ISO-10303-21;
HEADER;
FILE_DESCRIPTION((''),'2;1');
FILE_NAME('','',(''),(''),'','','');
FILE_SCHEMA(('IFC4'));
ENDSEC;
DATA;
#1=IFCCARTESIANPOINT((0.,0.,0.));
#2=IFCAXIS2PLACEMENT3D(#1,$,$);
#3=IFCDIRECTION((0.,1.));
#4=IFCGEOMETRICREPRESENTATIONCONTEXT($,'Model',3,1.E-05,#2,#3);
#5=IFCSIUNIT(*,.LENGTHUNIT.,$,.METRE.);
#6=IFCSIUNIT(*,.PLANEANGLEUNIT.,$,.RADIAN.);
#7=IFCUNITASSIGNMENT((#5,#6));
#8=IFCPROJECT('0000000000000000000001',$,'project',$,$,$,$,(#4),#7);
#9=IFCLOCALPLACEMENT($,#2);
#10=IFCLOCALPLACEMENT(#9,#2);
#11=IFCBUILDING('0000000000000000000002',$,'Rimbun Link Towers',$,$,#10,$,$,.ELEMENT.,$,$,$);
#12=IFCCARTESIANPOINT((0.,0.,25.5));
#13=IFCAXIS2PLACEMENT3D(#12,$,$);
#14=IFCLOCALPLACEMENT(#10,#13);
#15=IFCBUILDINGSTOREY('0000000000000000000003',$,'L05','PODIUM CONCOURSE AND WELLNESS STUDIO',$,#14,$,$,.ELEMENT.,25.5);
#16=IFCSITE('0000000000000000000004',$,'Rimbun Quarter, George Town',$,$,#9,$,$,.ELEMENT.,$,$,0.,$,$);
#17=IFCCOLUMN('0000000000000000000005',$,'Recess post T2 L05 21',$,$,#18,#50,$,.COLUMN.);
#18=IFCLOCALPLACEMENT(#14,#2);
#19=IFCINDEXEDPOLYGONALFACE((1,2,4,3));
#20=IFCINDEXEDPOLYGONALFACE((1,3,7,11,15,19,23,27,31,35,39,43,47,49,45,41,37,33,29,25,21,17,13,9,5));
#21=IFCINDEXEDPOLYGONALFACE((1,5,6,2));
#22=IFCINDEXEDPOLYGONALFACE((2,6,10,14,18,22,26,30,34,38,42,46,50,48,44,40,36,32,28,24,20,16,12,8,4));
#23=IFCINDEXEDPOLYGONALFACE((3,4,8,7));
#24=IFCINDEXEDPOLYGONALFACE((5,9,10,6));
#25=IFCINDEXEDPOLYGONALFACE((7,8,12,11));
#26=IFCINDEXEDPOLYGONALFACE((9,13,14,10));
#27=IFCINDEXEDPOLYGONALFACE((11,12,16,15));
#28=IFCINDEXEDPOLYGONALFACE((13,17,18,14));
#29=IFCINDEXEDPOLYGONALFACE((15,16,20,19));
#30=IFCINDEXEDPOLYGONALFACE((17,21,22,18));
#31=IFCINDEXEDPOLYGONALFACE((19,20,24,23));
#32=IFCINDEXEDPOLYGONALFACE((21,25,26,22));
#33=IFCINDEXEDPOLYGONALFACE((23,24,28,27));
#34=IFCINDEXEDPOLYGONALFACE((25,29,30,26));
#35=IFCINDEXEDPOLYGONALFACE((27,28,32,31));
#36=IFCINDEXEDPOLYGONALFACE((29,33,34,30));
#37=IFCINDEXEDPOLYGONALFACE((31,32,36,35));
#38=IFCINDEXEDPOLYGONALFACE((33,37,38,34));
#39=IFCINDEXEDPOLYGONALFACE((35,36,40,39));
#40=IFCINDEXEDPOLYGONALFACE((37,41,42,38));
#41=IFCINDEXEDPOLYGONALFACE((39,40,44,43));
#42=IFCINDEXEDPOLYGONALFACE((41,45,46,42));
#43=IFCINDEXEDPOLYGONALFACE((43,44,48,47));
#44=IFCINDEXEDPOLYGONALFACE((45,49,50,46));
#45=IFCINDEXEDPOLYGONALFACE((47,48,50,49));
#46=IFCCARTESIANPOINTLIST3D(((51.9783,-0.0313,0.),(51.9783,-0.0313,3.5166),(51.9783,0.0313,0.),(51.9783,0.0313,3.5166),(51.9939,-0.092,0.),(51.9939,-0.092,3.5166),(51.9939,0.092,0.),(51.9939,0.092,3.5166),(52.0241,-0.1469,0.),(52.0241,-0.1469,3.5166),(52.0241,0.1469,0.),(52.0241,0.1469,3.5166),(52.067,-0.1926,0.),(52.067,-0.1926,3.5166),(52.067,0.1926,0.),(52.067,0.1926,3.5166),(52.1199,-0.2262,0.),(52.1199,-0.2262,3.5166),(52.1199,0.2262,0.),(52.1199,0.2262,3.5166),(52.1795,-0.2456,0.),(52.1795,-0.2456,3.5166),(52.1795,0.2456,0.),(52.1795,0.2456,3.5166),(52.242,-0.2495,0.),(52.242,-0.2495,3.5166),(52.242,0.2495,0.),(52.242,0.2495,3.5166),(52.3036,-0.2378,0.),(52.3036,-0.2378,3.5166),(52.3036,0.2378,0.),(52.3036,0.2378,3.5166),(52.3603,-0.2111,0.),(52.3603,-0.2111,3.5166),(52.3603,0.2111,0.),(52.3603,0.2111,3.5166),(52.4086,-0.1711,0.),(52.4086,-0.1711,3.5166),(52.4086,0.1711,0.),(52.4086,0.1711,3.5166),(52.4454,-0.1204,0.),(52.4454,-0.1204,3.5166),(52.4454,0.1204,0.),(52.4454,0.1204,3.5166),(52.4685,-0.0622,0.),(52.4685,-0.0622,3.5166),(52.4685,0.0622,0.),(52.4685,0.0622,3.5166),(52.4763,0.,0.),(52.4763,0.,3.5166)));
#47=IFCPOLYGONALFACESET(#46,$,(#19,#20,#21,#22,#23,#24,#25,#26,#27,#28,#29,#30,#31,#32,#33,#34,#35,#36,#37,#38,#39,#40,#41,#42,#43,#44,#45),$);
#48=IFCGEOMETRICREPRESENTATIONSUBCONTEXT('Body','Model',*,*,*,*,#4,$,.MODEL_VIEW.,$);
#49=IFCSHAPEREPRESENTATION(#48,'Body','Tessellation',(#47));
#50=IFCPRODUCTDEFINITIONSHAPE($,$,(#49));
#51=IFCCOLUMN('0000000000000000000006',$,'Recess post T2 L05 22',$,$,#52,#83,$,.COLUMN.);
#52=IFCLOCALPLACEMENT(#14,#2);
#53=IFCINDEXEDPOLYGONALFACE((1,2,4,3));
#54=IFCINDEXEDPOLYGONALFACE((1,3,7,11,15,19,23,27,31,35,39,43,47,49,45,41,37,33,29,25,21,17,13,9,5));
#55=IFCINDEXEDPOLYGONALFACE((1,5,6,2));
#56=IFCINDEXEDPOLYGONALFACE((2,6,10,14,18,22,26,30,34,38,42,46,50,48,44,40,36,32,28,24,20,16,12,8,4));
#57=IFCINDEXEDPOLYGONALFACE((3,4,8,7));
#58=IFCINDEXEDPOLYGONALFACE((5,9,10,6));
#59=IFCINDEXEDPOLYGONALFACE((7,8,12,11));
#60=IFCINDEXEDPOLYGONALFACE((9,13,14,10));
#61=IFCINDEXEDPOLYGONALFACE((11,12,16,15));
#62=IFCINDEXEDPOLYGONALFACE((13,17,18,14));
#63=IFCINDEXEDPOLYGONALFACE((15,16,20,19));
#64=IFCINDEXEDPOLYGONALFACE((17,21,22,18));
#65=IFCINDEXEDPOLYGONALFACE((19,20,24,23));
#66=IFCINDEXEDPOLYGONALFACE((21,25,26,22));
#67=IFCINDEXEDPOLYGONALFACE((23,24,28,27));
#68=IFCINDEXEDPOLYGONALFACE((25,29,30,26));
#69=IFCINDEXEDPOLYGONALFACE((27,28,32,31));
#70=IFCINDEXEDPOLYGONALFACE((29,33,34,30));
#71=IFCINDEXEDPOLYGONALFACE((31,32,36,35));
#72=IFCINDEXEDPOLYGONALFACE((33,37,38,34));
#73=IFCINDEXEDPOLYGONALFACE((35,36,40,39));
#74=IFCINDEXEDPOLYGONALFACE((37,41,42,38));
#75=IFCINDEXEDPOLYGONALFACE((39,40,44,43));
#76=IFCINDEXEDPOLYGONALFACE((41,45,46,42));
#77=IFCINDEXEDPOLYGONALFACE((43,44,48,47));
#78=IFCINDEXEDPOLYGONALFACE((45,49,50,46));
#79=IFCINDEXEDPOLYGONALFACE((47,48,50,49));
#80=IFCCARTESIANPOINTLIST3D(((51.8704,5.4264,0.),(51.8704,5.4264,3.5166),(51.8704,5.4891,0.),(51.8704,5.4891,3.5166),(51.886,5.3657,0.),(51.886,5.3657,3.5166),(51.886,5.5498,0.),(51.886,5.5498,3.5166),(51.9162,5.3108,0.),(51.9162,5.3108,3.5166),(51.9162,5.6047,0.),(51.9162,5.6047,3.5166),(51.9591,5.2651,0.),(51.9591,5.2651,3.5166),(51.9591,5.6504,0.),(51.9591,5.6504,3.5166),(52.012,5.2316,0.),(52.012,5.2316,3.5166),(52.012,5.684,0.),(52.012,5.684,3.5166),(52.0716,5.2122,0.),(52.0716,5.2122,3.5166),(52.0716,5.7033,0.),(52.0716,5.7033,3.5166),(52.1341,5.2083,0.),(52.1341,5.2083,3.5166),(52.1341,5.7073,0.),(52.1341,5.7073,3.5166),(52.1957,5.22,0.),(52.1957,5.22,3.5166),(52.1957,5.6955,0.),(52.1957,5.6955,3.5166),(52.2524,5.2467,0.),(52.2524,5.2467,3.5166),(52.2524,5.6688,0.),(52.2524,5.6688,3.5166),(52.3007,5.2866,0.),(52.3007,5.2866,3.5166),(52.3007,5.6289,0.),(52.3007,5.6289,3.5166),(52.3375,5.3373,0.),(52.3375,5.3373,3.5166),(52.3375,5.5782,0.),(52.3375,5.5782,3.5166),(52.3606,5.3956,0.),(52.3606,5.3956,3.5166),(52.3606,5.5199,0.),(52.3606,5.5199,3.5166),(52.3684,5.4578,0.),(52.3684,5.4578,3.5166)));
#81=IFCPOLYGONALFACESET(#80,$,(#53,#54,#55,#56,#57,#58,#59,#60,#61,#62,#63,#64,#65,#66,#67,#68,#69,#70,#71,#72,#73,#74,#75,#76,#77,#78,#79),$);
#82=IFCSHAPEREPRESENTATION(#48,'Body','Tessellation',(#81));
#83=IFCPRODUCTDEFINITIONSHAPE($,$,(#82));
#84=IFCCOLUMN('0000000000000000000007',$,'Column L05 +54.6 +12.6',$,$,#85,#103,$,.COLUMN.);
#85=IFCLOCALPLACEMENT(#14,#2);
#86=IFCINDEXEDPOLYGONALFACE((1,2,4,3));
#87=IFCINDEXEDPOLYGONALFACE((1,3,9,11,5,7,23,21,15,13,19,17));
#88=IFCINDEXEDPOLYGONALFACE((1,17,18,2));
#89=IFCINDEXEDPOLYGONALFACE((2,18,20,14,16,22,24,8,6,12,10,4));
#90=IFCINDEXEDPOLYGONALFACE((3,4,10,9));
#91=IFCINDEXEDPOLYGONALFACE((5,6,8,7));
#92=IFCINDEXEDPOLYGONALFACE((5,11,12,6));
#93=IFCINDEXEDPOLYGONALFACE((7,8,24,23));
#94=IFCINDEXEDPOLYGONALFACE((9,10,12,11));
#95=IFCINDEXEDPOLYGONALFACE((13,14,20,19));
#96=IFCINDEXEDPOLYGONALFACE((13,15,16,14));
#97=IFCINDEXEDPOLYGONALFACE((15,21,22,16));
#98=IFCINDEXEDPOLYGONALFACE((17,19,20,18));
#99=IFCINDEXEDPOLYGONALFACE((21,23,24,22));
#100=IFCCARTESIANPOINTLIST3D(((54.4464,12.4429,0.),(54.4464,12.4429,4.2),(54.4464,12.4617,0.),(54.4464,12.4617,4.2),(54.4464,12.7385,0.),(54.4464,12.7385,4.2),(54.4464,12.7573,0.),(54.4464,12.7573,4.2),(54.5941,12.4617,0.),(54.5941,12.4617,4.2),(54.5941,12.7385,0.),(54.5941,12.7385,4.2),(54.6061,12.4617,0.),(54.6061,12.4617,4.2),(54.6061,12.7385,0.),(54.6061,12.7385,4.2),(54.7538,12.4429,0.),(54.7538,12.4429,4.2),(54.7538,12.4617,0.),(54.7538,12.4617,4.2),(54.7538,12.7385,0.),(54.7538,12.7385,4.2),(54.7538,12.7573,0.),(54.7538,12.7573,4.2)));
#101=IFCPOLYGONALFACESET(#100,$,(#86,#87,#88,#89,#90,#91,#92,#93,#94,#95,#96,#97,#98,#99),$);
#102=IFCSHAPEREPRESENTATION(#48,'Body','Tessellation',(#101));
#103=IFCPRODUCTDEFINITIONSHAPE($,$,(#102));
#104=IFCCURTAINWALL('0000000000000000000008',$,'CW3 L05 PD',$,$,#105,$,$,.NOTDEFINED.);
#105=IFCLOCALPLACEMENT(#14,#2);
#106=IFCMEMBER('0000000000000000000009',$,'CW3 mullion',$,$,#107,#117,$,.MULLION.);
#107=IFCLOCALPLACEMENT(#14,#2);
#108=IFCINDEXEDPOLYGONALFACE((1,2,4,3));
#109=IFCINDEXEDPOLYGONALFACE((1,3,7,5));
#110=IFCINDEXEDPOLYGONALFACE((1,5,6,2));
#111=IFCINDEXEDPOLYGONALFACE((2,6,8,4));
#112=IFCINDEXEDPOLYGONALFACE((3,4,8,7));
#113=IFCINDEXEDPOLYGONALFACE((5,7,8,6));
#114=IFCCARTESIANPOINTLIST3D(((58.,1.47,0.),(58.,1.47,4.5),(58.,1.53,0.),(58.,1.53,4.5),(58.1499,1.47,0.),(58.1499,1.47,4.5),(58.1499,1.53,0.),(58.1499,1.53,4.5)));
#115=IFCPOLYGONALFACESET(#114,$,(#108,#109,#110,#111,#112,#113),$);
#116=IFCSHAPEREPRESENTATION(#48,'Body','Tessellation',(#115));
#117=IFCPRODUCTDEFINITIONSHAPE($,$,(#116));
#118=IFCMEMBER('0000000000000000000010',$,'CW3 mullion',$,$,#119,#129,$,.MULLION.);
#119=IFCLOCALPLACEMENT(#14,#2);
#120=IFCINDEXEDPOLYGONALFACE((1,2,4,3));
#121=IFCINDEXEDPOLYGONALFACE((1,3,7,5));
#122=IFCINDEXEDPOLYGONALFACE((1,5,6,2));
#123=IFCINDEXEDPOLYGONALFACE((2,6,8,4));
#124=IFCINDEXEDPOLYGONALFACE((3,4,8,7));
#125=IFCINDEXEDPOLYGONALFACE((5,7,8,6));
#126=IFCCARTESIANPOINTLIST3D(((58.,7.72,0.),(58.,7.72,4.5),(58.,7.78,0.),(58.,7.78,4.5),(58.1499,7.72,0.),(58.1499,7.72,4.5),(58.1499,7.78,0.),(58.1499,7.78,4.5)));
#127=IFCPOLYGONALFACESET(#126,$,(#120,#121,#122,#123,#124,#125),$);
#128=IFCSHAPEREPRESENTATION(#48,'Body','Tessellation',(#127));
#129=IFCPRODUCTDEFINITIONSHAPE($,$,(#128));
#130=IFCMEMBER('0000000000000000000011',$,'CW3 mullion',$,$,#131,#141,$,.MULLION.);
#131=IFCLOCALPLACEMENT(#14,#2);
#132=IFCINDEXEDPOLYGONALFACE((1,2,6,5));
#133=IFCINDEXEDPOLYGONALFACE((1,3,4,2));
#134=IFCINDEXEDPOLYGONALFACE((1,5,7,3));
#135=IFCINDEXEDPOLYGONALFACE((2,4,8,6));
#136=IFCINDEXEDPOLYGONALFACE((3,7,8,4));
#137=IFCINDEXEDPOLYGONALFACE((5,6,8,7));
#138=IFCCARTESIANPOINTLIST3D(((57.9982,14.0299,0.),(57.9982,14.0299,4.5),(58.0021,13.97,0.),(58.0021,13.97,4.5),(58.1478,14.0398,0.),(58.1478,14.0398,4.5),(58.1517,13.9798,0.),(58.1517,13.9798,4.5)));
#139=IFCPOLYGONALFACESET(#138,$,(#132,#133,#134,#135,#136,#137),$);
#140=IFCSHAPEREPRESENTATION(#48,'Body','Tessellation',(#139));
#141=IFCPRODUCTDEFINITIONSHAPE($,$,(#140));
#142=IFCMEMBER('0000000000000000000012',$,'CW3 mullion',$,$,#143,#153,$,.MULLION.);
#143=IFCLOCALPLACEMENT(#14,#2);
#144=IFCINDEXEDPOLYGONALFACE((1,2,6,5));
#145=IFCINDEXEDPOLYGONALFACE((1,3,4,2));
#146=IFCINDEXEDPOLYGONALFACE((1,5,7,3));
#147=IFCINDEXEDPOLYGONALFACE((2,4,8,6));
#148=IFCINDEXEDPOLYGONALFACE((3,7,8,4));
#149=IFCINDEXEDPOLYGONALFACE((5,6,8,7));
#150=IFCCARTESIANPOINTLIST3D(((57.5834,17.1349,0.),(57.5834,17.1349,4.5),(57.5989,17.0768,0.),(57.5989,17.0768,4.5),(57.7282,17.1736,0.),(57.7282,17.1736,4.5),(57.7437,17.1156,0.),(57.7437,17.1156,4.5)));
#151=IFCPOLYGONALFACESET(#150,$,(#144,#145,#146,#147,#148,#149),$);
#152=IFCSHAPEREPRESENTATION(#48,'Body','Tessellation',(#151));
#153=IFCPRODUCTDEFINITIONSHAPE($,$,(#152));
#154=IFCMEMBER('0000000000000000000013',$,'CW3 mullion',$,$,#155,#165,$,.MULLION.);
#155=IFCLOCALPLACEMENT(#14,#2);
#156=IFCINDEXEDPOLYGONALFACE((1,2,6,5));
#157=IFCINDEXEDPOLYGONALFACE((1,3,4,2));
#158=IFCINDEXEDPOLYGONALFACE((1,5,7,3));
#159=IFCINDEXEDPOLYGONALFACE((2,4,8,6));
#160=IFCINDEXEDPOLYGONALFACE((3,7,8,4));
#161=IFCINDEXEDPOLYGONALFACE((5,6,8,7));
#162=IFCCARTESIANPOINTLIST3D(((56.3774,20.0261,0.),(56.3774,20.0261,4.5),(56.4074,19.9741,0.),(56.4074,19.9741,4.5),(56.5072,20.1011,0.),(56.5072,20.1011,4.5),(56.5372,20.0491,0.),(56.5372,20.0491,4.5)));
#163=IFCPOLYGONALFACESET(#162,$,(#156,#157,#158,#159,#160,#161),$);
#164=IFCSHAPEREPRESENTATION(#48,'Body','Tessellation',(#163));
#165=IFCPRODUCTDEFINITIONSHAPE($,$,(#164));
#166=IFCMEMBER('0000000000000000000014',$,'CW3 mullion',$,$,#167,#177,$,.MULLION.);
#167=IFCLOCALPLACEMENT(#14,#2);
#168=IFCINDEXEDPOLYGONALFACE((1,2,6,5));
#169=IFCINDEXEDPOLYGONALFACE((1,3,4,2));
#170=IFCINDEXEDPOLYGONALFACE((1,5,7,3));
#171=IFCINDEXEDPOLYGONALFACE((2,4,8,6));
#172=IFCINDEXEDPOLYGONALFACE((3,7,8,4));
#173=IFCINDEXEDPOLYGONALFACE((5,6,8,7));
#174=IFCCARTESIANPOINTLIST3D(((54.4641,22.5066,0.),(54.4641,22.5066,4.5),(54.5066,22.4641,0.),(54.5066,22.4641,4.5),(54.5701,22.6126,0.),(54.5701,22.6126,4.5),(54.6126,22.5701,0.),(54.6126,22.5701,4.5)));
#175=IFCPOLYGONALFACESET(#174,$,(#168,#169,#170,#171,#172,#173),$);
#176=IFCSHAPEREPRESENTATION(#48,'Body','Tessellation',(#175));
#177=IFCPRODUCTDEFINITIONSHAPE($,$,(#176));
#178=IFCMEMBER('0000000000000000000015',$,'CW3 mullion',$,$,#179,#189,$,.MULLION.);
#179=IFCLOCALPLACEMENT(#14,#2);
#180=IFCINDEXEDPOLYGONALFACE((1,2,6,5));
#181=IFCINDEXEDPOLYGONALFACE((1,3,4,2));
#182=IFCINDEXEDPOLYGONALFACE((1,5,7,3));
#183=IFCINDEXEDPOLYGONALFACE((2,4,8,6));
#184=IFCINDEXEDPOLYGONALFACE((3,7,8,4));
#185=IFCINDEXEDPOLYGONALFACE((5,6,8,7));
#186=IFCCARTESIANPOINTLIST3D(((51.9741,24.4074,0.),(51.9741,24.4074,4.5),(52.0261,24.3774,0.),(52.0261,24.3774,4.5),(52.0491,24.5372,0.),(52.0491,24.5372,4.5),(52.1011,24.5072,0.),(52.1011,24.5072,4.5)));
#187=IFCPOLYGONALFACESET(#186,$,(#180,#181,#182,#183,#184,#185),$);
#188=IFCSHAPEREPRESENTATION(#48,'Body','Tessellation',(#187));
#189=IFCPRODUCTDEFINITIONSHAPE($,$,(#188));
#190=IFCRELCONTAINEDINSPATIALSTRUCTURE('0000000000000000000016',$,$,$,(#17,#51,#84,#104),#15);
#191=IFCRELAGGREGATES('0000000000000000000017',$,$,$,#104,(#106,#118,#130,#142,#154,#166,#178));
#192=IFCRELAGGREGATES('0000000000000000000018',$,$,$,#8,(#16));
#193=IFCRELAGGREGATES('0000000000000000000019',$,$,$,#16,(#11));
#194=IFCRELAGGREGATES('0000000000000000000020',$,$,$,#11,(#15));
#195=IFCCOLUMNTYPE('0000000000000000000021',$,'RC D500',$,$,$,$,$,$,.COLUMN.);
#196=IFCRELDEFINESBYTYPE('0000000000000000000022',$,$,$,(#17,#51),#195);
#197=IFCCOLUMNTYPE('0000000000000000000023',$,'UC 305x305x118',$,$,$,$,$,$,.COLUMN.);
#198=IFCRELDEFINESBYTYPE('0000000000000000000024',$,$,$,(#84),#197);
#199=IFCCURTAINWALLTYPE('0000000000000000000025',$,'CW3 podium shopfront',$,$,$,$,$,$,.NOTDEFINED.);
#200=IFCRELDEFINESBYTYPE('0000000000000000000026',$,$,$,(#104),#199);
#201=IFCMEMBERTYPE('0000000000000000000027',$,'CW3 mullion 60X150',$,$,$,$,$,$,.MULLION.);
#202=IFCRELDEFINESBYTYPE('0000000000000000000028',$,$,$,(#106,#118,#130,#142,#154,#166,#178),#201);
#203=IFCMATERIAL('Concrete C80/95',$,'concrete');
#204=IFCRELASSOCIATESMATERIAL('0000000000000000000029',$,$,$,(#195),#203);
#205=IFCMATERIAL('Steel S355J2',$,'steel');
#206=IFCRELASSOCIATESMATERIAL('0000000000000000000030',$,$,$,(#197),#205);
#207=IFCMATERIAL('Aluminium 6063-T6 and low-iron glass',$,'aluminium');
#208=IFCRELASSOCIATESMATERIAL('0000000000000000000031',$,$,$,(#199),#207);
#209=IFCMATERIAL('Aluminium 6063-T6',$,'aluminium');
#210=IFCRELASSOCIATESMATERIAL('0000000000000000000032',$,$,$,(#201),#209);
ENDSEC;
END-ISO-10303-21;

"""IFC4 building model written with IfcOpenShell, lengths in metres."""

from ifc_helpers import new_model, si_unit, direction, frame, origin, origin_2d, place, context, subcontext, project, spatial, rectangle, circle, i_section, extrude, material, material_profile, profile_set, type_object, element, aggregate, save


model = new_model("IFC4")

# Units and contexts
model_context = context("Model", 3, precision=1e-05, world=origin(), true_north=direction((0.0, 1.0)))
body_context = subcontext(model_context, "Body", "Model", "MODEL_VIEW")
ifc_project = project(units=[si_unit("LENGTHUNIT", "METRE"), si_unit("PLANEANGLEUNIT", "RADIAN")], contexts=[model_context])

# Site, building, storey
site_placement = place(None, origin())
site = spatial("IfcSite", under=ifc_project, at=site_placement, Name="Rimbun Quarter, George Town", CompositionType="ELEMENT", RefElevation=0.0)
building_placement = place(site_placement, origin())
building = spatial("IfcBuilding", under=site, at=building_placement, Name="Rimbun Link Towers", CompositionType="ELEMENT")
storey_placement = place(building_placement, frame((0.0, 0.0, 25.5)))
storey = spatial("IfcBuildingStorey", under=building, at=storey_placement, Name="L05", Description="PODIUM CONCOURSE AND WELLNESS STUDIO", CompositionType="ELEMENT", Elevation=25.5)

# Columns
ifc_material_1 = material(Name="Concrete C80/95", Category="concrete")
ifc_material_profile_1 = material_profile(ifc_material_1, circle(Radius=0.25, at=origin_2d()), Name="RC D500")
ifc_profile_set_1 = profile_set([ifc_material_profile_1], Name="Concrete C80/95")
column_type_1 = type_object("IfcColumnType", Name="RC D500", PredefinedType="COLUMN", material=ifc_profile_set_1)
for number, where, z_axis, x_axis, name in (
    (1, (52.2263, 0.0, 0.0), (0.0, 0.0, 1.0), (1.0, 0.0, 0.0), "Recess post T2 L05 21"),
    (2, (52.1184, 5.4578, 0.0), (0.0, 0.0, 1.0), (1.0, 0.0, 0.0), "Recess post T2 L05 22"),
):
    element("IfcColumn", number, at=place(storey_placement, frame(where, z_axis=z_axis, x_axis=x_axis)), inside=storey, type_object=column_type_1, Name=name, PredefinedType="COLUMN", context=body_context, shape_type="SweptSolid", body=[
        extrude(circle(Radius=0.25, at=origin_2d()), origin(), (0.0, 0.0, 1.0), 3.5166),
    ])
ifc_material_2 = material(Name="Steel S355J2", Category="steel")
ifc_material_profile_2 = material_profile(ifc_material_2, i_section(OverallWidth=0.3074, OverallDepth=0.3145, WebThickness=0.012, FlangeThickness=0.0188, at=origin_2d()), Name="UC 305x305x118")
ifc_profile_set_2 = profile_set([ifc_material_profile_2], Name="Steel S355J2")
column_type_2 = type_object("IfcColumnType", Name="UC 305x305x118", PredefinedType="COLUMN", material=ifc_profile_set_2)
column_placement = place(storey_placement, frame((54.6001, 12.6001, 0.0), z_axis=(0.0, 0.0, 1.0), x_axis=(1.0, 0.0, 0.0)))
element("IfcColumn", 3, at=column_placement, inside=storey, type_object=column_type_2, Name="Column L05 +54.6 +12.6", PredefinedType="COLUMN", context=body_context, shape_type="SweptSolid", body=[
    extrude(i_section(OverallWidth=0.3074, OverallDepth=0.3145, WebThickness=0.012, FlangeThickness=0.0188, at=origin_2d()), origin(), (0.0, 0.0, 1.0), 4.2),
])

# Curtain wall, members
ifc_material_3 = material(Name="Aluminium 6063-T6 and low-iron glass", Category="aluminium")
curtain_wall_type = type_object("IfcCurtainWallType", Name="CW3 podium shopfront", PredefinedType="NOTDEFINED", material=ifc_material_3)
curtain_wall_placement = place(storey_placement, origin())
curtain_wall = element("IfcCurtainWall", 4, at=curtain_wall_placement, inside=storey, type_object=curtain_wall_type, Name="CW3 L05 PD", PredefinedType="NOTDEFINED")
ifc_material_4 = material(Name="Aluminium 6063-T6", Category="aluminium")
ifc_material_profile_3 = material_profile(ifc_material_4, rectangle(XDim=0.1499, YDim=0.0601, at=origin_2d()), Name="MULLION 60X150")
ifc_profile_set_3 = profile_set([ifc_material_profile_3], Name="Aluminium 6063-T6")
member_type_1 = type_object("IfcMemberType", Name="CW3 mullion 60X150", PredefinedType="MULLION", material=ifc_profile_set_3)
member_1_placement = place(storey_placement, frame((58.075, 1.5, 0.0), z_axis=(0.0, 0.0, 1.0), x_axis=(1.0, 0.0, 0.0)))
member_1 = element("IfcMember", 5, at=member_1_placement, type_object=member_type_1, Name="CW3 mullion", PredefinedType="MULLION", context=body_context, shape_type="SweptSolid", body=[
    extrude(rectangle(XDim=0.1499, YDim=0.0601, at=origin_2d()), origin(), (0.0, 0.0, 1.0), 4.5),
])
member_2_placement = place(storey_placement, frame((58.075, 7.75, 0.0), z_axis=(0.0, 0.0, 1.0), x_axis=(1.0, 0.0, 0.0)))
member_2 = element("IfcMember", 6, at=member_2_placement, type_object=member_type_1, Name="CW3 mullion", PredefinedType="MULLION", context=body_context, shape_type="SweptSolid", body=[
    extrude(rectangle(XDim=0.1499, YDim=0.0601, at=origin_2d()), origin(), (0.0, 0.0, 1.0), 4.5),
])
member_3_placement = place(storey_placement, frame((58.075, 14.0049, 0.0), z_axis=(0.0, 0.0, 1.0), x_axis=(0.997859, 0.065405, 0.0)))
member_3 = element("IfcMember", 7, at=member_3_placement, type_object=member_type_1, Name="CW3 mullion", PredefinedType="MULLION", context=body_context, shape_type="SweptSolid", body=[
    extrude(rectangle(XDim=0.1499, YDim=0.0601, at=origin_2d()), origin(), (0.0, 0.0, 1.0), 4.5),
])
member_4_placement = place(storey_placement, frame((57.6636, 17.1252, 0.0), z_axis=(0.0, 0.0, 1.0), x_axis=(0.965926, 0.258819, 0.0)))
member_4 = element("IfcMember", 8, at=member_4_placement, type_object=member_type_1, Name="CW3 mullion", PredefinedType="MULLION", context=body_context, shape_type="SweptSolid", body=[
    extrude(rectangle(XDim=0.1499, YDim=0.0601, at=origin_2d()), origin(), (0.0, 0.0, 1.0), 4.5),
])
member_5_placement = place(storey_placement, frame((56.4573, 20.0376, 0.0), z_axis=(0.0, 0.0, 1.0), x_axis=(0.866029, 0.499994, 0.0)))
member_5 = element("IfcMember", 9, at=member_5_placement, type_object=member_type_1, Name="CW3 mullion", PredefinedType="MULLION", context=body_context, shape_type="SweptSolid", body=[
    extrude(rectangle(XDim=0.1499, YDim=0.0601, at=origin_2d()), origin(), (0.0, 0.0, 1.0), 4.5),
])
member_6_placement = place(storey_placement, frame((54.5383, 22.5383, 0.0), z_axis=(0.0, 0.0, 1.0), x_axis=(0.707107, 0.707107, 0.0)))
member_6 = element("IfcMember", 10, at=member_6_placement, type_object=member_type_1, Name="CW3 mullion", PredefinedType="MULLION", context=body_context, shape_type="SweptSolid", body=[
    extrude(rectangle(XDim=0.1499, YDim=0.0601, at=origin_2d()), origin(), (0.0, 0.0, 1.0), 4.5),
])
member_7_placement = place(storey_placement, frame((52.0376, 24.4573, 0.0), z_axis=(0.0, 0.0, 1.0), x_axis=(0.499994, 0.866029, 0.0)))
member_7 = element("IfcMember", 11, at=member_7_placement, type_object=member_type_1, Name="CW3 mullion", PredefinedType="MULLION", context=body_context, shape_type="SweptSolid", body=[
    extrude(rectangle(XDim=0.1499, YDim=0.0601, at=origin_2d()), origin(), (0.0, 0.0, 1.0), 4.5),
])

aggregate(curtain_wall, [member_1, member_2, member_3, member_4, member_5, member_6, member_7])

save(model, "model.ifc")
